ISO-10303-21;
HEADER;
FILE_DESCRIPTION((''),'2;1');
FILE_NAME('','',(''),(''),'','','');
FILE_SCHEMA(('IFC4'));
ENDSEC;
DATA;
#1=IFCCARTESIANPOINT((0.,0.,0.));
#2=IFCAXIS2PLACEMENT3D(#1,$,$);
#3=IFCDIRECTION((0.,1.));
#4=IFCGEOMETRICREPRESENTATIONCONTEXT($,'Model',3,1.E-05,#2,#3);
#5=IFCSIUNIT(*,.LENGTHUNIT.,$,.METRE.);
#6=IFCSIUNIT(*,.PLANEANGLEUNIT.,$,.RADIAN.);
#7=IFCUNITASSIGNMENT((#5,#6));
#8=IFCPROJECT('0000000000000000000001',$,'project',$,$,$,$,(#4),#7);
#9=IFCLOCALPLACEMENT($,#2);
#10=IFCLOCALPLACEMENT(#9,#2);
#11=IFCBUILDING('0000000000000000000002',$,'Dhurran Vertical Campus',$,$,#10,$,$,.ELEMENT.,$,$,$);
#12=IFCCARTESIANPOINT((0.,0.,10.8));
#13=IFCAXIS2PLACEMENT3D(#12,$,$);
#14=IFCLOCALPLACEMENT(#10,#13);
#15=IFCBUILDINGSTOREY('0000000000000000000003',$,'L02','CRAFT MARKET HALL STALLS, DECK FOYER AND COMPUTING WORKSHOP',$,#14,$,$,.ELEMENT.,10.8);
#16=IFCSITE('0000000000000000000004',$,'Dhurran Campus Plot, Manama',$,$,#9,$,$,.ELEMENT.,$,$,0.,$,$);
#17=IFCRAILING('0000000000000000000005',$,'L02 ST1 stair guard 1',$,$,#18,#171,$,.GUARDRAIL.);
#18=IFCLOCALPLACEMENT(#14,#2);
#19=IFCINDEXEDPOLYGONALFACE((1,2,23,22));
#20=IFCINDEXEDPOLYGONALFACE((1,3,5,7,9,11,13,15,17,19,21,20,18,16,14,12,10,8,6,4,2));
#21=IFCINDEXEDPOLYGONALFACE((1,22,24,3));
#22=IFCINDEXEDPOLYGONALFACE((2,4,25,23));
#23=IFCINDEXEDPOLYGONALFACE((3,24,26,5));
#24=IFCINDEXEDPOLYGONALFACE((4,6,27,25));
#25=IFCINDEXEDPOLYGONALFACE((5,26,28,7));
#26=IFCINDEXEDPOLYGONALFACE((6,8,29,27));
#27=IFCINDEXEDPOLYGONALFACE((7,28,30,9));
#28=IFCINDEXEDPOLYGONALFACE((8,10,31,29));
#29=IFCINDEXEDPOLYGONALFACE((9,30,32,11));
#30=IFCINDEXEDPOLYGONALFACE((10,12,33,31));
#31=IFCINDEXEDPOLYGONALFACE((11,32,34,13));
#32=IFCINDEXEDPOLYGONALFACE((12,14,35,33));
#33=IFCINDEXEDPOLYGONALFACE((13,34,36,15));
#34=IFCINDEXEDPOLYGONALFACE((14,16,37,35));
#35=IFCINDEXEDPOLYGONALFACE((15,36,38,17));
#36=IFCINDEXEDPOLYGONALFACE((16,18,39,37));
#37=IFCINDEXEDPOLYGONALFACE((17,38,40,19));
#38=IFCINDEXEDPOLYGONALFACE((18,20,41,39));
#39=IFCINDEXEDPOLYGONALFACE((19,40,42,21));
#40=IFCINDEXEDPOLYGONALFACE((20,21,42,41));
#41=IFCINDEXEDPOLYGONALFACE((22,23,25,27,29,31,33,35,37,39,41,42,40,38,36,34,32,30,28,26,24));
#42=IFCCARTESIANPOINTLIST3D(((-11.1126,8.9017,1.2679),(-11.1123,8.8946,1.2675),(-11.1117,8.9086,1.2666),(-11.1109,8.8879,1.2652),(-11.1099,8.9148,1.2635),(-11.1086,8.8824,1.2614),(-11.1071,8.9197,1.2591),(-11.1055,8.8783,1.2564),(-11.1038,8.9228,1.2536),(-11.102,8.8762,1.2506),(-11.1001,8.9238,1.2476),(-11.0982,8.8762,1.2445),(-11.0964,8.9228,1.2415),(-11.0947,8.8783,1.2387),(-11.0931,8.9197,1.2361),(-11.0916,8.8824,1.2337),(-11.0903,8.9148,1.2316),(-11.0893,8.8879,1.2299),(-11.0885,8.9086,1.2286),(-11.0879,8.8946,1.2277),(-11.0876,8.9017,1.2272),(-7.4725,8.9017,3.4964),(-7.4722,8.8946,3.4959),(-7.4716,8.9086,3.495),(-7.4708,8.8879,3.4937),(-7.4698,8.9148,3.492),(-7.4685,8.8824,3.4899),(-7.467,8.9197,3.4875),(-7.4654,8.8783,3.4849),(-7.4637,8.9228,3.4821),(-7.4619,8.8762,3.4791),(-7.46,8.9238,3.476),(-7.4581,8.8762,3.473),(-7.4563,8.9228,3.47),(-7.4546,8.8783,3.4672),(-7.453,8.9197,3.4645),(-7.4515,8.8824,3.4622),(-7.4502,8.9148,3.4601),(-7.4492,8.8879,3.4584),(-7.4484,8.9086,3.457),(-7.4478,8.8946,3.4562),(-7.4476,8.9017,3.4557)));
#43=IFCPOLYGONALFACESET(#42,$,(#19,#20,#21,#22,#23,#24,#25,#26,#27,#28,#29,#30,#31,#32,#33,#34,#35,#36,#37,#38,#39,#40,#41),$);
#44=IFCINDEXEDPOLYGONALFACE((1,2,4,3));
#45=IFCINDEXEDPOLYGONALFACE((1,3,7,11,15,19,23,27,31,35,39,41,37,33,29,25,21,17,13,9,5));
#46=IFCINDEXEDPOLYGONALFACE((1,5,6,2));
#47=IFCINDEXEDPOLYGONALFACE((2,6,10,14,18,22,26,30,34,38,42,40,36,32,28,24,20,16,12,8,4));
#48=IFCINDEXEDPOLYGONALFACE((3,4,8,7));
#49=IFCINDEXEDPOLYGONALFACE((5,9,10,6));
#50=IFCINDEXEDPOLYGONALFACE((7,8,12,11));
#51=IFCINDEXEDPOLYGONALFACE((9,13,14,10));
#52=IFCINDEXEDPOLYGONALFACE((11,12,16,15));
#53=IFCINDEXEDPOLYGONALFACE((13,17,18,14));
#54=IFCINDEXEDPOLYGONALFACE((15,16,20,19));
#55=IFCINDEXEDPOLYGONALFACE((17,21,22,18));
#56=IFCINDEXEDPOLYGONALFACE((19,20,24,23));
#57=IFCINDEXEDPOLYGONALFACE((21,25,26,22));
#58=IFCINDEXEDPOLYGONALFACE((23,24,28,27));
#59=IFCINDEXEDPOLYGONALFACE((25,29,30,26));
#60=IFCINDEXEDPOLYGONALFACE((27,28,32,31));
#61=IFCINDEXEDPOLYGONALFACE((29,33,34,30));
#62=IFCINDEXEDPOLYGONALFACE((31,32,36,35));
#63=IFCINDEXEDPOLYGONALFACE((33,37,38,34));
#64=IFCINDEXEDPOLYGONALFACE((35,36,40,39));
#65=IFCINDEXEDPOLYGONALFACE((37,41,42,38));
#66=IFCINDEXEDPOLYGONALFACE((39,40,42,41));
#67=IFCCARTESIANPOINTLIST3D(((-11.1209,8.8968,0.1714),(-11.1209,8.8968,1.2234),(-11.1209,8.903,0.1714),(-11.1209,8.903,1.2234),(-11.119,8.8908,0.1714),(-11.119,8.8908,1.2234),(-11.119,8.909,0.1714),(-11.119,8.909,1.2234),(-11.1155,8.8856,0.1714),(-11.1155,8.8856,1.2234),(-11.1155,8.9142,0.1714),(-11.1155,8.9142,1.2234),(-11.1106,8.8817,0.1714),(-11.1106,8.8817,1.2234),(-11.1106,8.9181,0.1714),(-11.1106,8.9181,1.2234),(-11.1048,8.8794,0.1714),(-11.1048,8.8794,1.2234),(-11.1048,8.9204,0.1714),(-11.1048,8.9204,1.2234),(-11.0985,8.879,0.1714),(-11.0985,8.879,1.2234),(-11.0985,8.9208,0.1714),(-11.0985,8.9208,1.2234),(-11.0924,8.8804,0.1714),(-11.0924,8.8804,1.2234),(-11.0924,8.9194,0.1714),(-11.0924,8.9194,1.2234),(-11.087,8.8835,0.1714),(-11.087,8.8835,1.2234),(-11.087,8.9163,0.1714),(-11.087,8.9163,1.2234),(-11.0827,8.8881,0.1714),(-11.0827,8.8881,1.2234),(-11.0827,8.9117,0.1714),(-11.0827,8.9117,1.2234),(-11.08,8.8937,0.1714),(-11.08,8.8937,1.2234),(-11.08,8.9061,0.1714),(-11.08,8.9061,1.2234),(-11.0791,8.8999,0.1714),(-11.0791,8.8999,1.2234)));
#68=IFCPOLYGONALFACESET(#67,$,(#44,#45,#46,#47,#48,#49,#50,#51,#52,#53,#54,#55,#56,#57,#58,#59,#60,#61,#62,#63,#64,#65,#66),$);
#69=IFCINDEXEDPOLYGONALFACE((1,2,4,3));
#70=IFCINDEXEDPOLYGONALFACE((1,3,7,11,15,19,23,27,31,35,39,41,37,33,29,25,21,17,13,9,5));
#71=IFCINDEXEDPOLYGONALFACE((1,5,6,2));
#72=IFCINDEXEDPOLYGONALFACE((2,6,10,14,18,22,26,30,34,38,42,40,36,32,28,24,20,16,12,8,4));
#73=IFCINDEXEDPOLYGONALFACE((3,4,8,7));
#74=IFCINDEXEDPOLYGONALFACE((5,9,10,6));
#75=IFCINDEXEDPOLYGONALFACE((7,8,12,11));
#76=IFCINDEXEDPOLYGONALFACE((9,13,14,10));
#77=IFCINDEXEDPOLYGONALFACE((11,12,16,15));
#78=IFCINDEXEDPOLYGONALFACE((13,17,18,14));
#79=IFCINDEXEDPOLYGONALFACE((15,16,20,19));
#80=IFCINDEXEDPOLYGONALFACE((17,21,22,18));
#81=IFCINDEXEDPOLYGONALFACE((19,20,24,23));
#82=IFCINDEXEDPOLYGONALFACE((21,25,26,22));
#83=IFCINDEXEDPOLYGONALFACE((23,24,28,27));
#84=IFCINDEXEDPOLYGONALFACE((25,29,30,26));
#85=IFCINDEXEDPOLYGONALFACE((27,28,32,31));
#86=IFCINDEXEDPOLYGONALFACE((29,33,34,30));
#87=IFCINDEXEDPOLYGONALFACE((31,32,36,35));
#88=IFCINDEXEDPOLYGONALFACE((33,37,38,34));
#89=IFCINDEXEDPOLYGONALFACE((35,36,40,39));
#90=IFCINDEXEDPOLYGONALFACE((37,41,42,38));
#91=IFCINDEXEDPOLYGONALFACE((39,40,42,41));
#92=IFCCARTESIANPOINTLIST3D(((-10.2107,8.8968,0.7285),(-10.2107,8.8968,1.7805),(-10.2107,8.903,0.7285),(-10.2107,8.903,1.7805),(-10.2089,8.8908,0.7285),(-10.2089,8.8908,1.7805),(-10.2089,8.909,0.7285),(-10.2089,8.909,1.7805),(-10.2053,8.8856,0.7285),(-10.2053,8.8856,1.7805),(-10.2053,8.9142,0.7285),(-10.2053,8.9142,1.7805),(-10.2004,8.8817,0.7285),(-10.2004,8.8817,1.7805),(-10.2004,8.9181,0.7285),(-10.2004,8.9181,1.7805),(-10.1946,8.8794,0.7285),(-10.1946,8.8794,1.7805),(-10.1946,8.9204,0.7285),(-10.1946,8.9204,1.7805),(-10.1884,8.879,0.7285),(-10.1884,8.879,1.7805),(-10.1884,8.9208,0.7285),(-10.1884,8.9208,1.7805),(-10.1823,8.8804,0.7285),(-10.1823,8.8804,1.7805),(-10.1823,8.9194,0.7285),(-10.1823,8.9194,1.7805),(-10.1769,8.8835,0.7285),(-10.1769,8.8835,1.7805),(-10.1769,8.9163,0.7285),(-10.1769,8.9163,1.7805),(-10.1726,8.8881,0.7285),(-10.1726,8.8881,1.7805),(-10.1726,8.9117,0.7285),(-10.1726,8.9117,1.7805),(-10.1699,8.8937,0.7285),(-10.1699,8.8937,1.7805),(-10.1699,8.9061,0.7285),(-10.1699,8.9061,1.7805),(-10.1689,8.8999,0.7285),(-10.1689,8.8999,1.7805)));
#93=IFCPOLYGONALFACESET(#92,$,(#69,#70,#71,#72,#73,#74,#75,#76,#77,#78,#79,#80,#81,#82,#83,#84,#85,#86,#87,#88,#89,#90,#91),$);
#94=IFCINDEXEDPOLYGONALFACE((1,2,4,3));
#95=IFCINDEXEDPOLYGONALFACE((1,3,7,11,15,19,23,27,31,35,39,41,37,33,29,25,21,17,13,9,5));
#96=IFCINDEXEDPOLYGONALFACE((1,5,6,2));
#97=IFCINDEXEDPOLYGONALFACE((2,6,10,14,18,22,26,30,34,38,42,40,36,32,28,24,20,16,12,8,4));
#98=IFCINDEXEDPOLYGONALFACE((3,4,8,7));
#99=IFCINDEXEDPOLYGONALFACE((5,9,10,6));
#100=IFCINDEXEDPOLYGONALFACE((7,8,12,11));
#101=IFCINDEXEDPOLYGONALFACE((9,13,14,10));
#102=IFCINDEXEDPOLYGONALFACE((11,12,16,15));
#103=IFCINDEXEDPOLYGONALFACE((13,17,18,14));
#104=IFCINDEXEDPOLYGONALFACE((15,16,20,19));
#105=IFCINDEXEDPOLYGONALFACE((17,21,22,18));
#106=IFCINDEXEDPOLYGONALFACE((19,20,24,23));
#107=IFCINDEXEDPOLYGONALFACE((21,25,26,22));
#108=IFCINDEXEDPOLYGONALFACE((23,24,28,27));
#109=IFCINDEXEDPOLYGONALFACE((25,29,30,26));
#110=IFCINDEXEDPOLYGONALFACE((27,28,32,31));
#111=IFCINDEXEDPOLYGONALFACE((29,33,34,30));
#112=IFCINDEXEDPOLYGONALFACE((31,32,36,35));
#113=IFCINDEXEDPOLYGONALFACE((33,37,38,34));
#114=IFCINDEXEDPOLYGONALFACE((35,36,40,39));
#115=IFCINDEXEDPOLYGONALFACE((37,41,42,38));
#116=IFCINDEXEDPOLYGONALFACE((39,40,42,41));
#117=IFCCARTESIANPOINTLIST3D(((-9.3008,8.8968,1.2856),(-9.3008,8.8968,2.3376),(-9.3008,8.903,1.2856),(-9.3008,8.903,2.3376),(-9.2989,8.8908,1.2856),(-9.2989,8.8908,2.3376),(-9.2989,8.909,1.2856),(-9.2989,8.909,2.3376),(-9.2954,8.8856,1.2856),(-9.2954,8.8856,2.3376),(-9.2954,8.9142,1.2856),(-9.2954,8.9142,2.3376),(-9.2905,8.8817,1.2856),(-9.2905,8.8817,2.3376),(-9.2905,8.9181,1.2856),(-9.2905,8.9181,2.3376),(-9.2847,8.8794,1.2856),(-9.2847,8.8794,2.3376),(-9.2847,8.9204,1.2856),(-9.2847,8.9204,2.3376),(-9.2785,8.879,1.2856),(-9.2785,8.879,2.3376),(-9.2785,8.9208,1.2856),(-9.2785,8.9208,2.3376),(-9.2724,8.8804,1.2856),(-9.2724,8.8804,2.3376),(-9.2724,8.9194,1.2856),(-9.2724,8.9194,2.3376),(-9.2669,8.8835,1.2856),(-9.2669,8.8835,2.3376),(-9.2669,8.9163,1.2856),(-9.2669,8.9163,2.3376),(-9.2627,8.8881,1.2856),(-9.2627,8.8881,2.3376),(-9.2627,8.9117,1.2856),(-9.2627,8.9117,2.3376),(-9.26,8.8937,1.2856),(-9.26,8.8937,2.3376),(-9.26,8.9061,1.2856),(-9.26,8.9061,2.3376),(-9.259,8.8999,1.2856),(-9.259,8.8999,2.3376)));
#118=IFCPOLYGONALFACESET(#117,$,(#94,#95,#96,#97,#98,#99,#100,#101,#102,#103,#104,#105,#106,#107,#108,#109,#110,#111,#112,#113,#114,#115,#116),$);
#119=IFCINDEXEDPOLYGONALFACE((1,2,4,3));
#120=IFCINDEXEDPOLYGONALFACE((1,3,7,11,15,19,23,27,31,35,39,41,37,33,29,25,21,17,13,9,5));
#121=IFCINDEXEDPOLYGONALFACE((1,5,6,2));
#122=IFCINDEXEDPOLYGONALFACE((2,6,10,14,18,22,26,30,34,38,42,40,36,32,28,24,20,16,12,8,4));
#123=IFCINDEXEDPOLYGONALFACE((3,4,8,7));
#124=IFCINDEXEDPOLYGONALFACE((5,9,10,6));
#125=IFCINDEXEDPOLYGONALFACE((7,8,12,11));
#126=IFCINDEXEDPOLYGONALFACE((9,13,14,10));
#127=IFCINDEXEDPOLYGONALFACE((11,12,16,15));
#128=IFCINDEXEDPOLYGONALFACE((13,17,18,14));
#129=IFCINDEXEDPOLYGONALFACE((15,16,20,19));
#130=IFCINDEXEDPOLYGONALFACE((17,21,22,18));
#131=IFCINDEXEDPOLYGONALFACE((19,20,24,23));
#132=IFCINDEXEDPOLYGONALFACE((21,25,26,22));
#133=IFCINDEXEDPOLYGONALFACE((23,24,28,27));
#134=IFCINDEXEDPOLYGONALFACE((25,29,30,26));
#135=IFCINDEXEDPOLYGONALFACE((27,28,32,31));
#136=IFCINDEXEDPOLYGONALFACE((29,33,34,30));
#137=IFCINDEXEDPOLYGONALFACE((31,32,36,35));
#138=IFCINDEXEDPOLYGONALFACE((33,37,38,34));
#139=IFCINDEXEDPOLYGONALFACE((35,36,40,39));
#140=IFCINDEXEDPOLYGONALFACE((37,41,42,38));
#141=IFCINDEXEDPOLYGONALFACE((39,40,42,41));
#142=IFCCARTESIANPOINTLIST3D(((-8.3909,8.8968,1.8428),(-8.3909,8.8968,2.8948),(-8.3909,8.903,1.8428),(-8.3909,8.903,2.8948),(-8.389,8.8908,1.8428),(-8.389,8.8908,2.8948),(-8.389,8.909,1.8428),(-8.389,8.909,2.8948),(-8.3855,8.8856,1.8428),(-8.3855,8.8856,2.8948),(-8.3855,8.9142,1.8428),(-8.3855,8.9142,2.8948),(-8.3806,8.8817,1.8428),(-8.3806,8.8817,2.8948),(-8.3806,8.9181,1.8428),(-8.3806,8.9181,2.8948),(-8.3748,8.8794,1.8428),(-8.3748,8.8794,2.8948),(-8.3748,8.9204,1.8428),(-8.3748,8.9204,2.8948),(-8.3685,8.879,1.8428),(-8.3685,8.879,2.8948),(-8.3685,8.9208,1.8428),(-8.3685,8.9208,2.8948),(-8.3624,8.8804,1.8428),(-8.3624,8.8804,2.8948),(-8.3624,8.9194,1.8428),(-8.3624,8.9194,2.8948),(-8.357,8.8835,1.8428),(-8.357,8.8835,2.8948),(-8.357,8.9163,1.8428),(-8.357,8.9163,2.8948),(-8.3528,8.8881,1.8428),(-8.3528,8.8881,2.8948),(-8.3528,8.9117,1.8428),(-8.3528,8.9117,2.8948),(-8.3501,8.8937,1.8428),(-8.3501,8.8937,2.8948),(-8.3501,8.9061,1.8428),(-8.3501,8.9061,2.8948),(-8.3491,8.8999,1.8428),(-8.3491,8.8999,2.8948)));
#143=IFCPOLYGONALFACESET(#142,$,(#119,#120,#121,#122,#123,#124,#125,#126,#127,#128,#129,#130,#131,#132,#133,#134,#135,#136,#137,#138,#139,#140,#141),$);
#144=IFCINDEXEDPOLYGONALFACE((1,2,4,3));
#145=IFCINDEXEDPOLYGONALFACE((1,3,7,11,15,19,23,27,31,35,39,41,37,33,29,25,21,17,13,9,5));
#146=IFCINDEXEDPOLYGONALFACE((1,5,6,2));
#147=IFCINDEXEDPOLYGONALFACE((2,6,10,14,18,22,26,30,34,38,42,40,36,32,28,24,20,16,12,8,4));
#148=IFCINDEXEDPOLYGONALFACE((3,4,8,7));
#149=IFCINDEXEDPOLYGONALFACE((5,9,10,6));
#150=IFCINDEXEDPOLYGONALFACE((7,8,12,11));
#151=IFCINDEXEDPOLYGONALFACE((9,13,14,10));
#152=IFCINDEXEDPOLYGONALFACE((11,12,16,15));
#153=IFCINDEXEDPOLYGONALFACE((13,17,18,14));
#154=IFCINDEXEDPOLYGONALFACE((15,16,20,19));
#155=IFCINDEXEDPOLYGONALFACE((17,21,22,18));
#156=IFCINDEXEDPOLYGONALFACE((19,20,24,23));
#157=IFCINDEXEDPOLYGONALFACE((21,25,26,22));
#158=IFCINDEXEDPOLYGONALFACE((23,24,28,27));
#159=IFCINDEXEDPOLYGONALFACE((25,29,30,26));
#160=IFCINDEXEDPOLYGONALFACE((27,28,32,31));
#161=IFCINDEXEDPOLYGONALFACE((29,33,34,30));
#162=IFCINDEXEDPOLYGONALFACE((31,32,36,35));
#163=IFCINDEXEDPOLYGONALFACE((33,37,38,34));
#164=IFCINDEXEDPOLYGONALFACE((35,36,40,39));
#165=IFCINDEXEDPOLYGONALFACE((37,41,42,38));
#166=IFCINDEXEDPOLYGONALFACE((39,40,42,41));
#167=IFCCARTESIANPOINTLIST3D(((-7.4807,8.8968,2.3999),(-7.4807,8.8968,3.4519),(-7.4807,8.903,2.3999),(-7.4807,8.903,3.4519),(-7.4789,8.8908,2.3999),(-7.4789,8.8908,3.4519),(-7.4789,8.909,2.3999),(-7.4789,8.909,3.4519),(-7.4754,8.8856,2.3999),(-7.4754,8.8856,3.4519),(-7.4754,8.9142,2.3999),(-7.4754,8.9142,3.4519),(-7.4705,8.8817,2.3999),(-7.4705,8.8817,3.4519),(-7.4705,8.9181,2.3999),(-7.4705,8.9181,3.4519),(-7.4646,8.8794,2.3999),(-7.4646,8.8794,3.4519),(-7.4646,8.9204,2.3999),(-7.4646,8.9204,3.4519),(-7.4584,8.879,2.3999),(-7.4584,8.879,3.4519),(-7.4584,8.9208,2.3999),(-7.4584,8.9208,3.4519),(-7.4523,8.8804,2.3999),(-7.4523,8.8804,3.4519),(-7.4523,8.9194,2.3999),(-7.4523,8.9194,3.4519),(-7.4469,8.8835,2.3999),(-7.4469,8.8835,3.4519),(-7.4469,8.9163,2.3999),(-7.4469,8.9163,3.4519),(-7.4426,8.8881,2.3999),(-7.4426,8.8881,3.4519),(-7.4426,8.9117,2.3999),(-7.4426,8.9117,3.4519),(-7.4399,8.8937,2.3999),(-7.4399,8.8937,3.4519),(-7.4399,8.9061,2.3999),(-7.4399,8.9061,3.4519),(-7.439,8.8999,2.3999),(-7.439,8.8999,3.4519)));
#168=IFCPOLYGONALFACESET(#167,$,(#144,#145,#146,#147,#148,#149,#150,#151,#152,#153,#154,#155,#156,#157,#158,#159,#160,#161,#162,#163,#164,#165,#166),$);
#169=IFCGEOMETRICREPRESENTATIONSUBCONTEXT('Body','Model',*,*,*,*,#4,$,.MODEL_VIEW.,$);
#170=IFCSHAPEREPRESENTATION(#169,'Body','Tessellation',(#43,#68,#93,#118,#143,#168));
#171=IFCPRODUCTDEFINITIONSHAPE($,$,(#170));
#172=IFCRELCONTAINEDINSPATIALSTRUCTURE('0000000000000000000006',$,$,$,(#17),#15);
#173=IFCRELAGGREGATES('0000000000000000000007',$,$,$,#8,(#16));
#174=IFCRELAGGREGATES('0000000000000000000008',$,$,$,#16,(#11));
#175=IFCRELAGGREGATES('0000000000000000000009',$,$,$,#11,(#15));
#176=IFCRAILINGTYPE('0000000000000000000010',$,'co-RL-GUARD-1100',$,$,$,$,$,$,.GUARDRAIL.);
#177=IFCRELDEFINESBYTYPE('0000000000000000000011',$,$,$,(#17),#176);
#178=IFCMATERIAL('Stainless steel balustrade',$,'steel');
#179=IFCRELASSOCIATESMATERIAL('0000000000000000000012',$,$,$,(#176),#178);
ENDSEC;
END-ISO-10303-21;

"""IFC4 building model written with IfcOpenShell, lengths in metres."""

from ifc_helpers import new_model, si_unit, direction, frame, origin, origin_2d, place, context, subcontext, project, spatial, circle, extrude, material, type_object, element, save


model = new_model("IFC4")

# Units and contexts
model_context = context("Model", 3, precision=1e-05, world=origin(), true_north=direction((0.0, 1.0)))
body_context = subcontext(model_context, "Body", "Model", "MODEL_VIEW")
ifc_project = project(units=[si_unit("LENGTHUNIT", "METRE"), si_unit("PLANEANGLEUNIT", "RADIAN")], contexts=[model_context])

# Site, building, storey
site_placement = place(None, origin())
site = spatial("IfcSite", under=ifc_project, at=site_placement, Name="Dhurran Campus Plot, Manama", CompositionType="ELEMENT", RefElevation=0.0)
building_placement = place(site_placement, origin())
building = spatial("IfcBuilding", under=site, at=building_placement, Name="Dhurran Vertical Campus", CompositionType="ELEMENT")
storey_placement = place(building_placement, frame((0.0, 0.0, 10.8)))
storey = spatial("IfcBuildingStorey", under=building, at=storey_placement, Name="L02", Description="CRAFT MARKET HALL STALLS, DECK FOYER AND COMPUTING WORKSHOP", CompositionType="ELEMENT", Elevation=10.8)

# Railing
ifc_material_1 = material(Name="Stainless steel balustrade", Category="steel")
railing_type_1 = type_object("IfcRailingType", Name="co-RL-GUARD-1100", PredefinedType="GUARDRAIL", material=ifc_material_1)
railing_1_placement = place(storey_placement, frame((-11.1001, 8.8999, 0.1714)))
element("IfcRailing", 1, at=railing_1_placement, inside=storey, type_object=railing_type_1, Name="L02 ST1 stair guard 1", PredefinedType="GUARDRAIL", context=body_context, shape_type="SweptSolid", body=[
    extrude(circle(Radius=0.0239, at=origin_2d()), frame((0.0, 0.0, 1.0762), z_axis=(0.852866, 0.0, 0.52213), x_axis=(0.0, 1.0, 0.0)), (0.0, 0.0, 1.0), 4.2681),
    extrude(circle(Radius=0.021, at=origin_2d()), origin(), (0.0, 0.0, 1.0), 1.052),
    extrude(circle(Radius=0.021, at=origin_2d()), frame((0.9102, 0.0, 0.5571)), (0.0, 0.0, 1.0), 1.052),
    extrude(circle(Radius=0.021, at=origin_2d()), frame((1.8201, 0.0, 1.1143)), (0.0, 0.0, 1.0), 1.052),
    extrude(circle(Radius=0.021, at=origin_2d()), frame((2.73, 0.0, 1.6714)), (0.0, 0.0, 1.0), 1.052),
    extrude(circle(Radius=0.021, at=origin_2d()), frame((3.6401, 0.0, 2.2285)), (0.0, 0.0, 1.0), 1.052),
])

save(model, "model.ifc")
